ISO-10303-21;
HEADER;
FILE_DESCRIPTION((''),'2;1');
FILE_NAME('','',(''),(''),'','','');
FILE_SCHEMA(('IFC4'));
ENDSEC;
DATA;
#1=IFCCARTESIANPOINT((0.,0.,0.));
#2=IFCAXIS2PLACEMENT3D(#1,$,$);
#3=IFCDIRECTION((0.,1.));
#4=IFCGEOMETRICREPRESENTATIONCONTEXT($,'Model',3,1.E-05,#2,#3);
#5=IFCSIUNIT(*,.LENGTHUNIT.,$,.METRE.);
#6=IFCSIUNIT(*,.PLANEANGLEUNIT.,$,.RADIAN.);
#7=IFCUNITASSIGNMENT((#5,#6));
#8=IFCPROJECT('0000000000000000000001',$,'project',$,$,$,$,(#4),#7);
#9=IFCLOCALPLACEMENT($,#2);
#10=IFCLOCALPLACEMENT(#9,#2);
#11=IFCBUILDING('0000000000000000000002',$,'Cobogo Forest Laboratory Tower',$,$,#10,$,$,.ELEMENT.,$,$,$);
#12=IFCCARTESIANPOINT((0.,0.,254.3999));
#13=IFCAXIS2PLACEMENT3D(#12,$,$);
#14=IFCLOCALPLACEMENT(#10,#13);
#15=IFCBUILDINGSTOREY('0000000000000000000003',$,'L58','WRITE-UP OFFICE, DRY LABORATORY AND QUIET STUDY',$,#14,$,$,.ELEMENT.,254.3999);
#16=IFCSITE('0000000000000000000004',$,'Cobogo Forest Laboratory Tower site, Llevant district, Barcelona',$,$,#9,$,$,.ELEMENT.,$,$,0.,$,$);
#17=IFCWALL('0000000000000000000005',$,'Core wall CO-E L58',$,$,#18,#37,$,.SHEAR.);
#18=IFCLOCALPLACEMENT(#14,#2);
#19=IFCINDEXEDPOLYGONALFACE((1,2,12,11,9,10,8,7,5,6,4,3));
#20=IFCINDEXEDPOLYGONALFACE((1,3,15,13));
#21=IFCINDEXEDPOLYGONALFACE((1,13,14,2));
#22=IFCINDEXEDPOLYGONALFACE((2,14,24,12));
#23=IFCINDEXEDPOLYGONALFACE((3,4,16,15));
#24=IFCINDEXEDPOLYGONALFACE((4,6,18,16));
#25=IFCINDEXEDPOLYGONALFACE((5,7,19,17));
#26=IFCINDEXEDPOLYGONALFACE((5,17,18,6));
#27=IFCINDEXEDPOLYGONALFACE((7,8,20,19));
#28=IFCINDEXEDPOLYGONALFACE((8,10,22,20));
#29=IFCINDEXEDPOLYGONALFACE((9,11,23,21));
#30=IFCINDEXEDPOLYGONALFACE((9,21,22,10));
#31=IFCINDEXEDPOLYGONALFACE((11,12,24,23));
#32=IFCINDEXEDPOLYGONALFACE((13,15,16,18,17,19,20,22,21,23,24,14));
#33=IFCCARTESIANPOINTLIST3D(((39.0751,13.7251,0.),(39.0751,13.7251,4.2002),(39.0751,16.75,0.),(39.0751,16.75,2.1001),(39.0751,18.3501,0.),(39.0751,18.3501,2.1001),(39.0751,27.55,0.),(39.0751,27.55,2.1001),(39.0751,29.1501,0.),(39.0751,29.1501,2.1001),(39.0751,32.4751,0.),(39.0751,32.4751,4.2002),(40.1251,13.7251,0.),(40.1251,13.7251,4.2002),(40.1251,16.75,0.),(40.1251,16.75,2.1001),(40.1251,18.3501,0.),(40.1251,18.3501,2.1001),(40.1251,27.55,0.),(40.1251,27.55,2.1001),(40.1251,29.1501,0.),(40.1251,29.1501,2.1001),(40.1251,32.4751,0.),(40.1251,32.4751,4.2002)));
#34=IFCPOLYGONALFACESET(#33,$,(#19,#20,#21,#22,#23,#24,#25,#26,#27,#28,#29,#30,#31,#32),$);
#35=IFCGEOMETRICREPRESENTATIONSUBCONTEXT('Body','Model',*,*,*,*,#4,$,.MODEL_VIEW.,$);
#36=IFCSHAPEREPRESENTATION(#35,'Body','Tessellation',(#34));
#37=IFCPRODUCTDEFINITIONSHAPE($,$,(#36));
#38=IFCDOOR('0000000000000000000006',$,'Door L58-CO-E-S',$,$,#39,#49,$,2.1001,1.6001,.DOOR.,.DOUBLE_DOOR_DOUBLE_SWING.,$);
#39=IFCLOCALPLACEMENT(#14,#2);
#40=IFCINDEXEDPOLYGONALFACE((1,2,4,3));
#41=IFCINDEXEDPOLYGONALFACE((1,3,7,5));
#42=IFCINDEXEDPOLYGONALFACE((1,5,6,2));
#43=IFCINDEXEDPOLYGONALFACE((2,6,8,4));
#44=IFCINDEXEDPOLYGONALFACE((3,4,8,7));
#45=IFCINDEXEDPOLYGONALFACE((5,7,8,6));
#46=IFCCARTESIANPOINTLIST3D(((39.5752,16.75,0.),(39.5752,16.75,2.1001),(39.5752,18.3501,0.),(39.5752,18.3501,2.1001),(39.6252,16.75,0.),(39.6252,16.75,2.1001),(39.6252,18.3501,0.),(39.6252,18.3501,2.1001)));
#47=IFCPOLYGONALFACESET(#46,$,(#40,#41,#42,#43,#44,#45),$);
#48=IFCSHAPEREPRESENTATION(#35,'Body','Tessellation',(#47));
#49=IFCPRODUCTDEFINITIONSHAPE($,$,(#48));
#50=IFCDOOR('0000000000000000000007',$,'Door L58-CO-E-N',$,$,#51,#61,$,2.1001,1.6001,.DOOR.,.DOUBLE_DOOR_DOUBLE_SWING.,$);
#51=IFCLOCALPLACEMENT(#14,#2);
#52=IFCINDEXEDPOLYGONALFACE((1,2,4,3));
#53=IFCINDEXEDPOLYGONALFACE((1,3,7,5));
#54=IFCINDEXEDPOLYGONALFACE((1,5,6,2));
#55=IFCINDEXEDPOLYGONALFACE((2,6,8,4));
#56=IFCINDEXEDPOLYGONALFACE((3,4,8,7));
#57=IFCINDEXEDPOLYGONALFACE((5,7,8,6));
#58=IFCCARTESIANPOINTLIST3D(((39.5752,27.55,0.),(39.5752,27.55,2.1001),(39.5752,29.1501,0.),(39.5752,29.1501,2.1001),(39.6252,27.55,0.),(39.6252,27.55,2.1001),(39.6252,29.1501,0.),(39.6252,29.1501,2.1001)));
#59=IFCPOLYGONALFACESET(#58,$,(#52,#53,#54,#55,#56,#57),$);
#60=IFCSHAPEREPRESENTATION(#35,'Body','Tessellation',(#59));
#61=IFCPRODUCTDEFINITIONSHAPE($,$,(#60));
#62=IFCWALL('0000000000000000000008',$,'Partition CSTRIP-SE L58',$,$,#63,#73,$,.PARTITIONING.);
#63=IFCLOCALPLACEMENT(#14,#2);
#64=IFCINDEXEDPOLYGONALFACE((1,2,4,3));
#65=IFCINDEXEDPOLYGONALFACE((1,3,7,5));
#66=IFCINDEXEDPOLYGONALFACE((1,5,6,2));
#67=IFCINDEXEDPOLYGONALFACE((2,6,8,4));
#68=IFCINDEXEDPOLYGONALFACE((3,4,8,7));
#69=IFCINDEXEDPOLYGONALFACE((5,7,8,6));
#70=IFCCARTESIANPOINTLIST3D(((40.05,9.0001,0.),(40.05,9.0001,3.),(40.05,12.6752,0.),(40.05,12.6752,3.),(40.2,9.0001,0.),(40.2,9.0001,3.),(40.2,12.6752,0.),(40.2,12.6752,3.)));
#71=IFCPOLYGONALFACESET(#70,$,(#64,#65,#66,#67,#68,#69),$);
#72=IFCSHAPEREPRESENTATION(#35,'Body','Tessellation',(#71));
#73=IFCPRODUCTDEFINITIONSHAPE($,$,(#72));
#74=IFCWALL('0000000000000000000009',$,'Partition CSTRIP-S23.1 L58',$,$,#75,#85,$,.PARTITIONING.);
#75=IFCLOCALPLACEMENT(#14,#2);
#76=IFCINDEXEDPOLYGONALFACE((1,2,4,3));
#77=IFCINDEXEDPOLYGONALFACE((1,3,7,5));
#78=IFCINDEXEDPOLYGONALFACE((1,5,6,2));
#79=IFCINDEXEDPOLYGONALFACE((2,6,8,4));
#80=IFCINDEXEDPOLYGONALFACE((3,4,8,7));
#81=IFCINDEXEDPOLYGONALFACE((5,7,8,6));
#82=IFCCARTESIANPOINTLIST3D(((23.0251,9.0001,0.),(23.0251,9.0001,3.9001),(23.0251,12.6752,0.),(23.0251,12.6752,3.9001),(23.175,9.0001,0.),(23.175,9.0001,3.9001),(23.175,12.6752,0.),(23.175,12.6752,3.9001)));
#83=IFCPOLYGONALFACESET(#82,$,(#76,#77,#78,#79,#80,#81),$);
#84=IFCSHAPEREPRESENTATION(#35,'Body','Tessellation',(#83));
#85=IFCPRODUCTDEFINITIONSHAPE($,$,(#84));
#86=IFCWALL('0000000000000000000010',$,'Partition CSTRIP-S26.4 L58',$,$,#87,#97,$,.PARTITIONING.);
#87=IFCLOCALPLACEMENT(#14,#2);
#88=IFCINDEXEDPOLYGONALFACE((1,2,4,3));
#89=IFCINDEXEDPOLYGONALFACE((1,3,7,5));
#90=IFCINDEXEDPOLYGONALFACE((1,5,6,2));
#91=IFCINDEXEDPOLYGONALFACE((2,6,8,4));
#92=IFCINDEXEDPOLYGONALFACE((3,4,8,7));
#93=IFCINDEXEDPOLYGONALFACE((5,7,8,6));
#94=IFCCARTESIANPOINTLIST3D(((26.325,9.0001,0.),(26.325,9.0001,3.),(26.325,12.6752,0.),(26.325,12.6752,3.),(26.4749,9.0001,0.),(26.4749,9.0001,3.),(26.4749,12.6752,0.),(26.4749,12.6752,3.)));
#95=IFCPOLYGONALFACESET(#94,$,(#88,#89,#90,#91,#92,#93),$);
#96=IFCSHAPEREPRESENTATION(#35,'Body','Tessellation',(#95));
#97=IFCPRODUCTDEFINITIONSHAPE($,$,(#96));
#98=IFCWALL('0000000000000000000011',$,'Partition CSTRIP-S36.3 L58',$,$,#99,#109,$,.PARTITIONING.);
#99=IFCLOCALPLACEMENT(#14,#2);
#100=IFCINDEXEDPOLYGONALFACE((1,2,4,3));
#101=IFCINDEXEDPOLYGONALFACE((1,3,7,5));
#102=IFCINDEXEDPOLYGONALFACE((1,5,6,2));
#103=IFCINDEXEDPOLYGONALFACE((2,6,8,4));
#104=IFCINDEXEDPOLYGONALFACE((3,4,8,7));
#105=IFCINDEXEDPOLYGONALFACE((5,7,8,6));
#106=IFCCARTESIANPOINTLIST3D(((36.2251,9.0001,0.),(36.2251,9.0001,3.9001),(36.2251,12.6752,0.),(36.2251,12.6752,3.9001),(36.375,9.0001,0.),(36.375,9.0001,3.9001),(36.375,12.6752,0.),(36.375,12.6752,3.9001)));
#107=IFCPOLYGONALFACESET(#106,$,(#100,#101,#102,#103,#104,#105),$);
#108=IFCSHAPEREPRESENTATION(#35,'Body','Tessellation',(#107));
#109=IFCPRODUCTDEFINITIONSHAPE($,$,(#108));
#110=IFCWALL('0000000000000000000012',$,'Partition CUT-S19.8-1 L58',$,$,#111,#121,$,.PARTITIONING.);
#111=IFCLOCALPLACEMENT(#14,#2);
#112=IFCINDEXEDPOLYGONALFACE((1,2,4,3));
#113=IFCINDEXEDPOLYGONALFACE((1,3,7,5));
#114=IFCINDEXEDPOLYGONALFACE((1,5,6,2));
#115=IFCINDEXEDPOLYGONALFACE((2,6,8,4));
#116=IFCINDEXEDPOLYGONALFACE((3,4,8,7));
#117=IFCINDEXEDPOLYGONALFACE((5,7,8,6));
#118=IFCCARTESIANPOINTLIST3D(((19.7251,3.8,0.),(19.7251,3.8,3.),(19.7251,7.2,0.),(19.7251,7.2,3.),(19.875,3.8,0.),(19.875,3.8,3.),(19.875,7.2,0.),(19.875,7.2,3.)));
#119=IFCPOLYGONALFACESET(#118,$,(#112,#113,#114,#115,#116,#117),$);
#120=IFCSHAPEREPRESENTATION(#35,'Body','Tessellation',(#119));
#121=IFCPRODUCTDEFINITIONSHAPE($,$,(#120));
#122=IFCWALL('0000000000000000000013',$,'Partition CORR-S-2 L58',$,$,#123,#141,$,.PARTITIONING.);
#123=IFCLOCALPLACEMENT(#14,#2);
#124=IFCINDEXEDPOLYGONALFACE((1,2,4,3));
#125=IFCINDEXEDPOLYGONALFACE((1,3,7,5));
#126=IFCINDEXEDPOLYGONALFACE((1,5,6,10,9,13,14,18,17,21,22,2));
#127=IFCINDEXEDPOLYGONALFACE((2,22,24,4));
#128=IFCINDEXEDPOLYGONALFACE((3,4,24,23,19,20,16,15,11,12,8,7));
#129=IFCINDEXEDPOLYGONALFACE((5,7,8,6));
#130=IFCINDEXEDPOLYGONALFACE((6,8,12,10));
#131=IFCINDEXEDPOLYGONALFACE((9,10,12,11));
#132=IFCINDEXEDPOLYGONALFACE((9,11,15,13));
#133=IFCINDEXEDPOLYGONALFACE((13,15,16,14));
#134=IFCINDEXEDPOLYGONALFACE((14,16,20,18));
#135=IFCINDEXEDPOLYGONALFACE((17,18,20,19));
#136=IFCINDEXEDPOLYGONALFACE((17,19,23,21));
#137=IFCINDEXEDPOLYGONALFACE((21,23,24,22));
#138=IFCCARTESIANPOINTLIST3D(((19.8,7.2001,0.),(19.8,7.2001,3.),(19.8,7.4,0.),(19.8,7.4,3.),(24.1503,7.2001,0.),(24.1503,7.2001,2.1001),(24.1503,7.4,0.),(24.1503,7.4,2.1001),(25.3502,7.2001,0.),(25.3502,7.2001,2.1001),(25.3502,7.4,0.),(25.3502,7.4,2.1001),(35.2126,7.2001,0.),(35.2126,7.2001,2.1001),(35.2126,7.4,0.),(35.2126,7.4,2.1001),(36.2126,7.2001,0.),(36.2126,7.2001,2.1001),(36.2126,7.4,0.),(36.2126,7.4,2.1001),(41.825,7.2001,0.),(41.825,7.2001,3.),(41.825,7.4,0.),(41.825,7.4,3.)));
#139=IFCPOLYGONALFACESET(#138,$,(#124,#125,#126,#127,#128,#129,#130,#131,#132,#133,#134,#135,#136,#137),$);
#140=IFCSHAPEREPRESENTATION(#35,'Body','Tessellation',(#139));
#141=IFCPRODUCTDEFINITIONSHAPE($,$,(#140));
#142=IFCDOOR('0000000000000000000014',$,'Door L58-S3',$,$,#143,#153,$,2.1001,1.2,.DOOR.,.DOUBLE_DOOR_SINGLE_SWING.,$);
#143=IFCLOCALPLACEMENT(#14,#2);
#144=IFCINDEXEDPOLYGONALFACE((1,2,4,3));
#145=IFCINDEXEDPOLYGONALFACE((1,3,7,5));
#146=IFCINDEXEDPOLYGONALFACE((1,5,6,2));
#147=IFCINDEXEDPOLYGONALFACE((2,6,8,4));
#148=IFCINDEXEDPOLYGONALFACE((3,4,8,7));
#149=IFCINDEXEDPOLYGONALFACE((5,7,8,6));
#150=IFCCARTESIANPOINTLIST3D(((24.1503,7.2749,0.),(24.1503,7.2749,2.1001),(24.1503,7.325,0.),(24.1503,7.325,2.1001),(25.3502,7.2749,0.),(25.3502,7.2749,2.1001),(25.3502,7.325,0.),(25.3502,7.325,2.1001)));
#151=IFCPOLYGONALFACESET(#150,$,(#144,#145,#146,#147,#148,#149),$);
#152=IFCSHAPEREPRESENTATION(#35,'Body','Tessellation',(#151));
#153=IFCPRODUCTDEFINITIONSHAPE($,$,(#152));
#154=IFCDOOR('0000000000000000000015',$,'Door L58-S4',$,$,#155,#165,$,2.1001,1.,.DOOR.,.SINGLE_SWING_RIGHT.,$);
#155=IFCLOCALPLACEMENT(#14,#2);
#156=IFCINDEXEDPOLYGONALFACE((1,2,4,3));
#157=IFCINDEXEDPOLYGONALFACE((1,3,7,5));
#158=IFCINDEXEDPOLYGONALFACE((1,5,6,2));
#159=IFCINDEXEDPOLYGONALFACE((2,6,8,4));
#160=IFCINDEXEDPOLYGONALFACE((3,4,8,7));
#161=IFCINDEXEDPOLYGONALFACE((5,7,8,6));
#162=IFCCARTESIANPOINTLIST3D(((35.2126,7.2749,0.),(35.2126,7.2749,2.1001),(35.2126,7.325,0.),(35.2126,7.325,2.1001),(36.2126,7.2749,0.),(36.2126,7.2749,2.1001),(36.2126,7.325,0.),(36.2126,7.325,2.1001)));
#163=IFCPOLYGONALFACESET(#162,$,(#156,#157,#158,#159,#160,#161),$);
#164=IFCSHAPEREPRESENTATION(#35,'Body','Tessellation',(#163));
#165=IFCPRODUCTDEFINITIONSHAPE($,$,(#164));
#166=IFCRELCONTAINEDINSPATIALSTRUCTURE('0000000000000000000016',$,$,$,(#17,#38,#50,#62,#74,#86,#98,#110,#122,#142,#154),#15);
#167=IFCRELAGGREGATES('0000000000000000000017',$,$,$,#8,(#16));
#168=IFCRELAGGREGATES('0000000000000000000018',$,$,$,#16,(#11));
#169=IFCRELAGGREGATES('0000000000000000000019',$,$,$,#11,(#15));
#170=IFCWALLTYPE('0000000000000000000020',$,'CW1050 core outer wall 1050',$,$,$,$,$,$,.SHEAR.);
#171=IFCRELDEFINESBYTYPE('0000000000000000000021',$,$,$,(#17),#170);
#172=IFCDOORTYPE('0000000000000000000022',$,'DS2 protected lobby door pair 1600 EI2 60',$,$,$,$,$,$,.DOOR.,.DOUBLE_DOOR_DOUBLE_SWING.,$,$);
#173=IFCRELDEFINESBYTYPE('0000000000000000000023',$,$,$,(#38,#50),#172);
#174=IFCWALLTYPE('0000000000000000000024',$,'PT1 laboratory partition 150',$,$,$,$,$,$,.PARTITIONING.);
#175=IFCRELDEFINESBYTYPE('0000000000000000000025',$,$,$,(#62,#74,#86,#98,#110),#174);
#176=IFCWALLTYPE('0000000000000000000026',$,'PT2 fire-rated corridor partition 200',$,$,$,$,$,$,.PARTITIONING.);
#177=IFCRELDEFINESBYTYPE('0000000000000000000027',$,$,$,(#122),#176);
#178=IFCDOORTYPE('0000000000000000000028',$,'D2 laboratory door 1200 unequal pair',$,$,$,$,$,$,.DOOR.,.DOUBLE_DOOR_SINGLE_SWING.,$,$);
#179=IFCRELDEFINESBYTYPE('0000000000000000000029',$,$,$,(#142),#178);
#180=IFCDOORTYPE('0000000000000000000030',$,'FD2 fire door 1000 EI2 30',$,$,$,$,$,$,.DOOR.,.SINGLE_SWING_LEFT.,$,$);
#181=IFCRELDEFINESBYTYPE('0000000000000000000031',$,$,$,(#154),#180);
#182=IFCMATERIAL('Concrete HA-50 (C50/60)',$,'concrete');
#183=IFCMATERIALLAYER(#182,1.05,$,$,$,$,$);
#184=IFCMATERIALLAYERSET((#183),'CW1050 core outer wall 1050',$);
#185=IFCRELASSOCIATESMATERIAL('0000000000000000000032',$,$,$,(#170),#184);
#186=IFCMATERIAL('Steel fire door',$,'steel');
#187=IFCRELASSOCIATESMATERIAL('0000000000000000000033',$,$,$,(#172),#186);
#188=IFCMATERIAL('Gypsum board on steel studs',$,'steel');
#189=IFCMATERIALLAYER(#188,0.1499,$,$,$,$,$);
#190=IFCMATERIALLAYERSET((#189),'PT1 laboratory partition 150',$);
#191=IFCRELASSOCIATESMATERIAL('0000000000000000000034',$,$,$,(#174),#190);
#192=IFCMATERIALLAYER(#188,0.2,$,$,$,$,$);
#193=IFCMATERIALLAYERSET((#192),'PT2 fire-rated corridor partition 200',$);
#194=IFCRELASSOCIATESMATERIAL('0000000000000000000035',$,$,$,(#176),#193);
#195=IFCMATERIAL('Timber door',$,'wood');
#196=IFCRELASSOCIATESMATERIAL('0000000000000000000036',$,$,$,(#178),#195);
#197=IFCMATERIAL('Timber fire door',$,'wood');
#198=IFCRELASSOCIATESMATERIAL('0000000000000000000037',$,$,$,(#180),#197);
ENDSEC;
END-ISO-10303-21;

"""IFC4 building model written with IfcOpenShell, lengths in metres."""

from ifc_helpers import new_model, si_unit, direction, frame, frame_2d, origin, place, context, subcontext, project, spatial, rectangle, extrude, material, layer, layer_set, type_object, element, fill, save


model = new_model("IFC4")

# Units and contexts
model_context = context("Model", 3, precision=1e-05, world=origin(), true_north=direction((0.0, 1.0)))
body_context = subcontext(model_context, "Body", "Model", "MODEL_VIEW")
ifc_project = project(units=[si_unit("LENGTHUNIT", "METRE"), si_unit("PLANEANGLEUNIT", "RADIAN")], contexts=[model_context])

# Site, building, storey
site_placement = place(None, origin())
site = spatial("IfcSite", under=ifc_project, at=site_placement, Name="Cobogo Forest Laboratory Tower site, Llevant district, Barcelona", CompositionType="ELEMENT", RefElevation=0.0)
building_placement = place(site_placement, origin())
building = spatial("IfcBuilding", under=site, at=building_placement, Name="Cobogo Forest Laboratory Tower", CompositionType="ELEMENT")
storey_placement = place(building_placement, frame((0.0, 0.0, 254.3999)))
storey = spatial("IfcBuildingStorey", under=building, at=storey_placement, Name="L58", Description="WRITE-UP OFFICE, DRY LABORATORY AND QUIET STUDY", CompositionType="ELEMENT", Elevation=254.3999)

# Shared definitions
ifc_material_1 = material(Name="Concrete HA-50 (C50/60)", Category="concrete")

# Wall, openings, doors
ifc_layer_1 = layer(ifc_material_1, 1.05)
ifc_layer_set_1 = layer_set([ifc_layer_1], Name="CW1050 core outer wall 1050")
wall_type_1 = type_object("IfcWallType", Name="CW1050 core outer wall 1050", PredefinedType="SHEAR", material=ifc_layer_set_1)
wall_1_placement = place(storey_placement, frame((39.6001, 13.7251, 0.0), z_axis=(0.0, 0.0, 1.0), x_axis=(0.0, 1.0, 0.0)))
wall_1 = element("IfcWall", 1, at=wall_1_placement, inside=storey, type_object=wall_type_1, Name="Core wall CO-E L58", PredefinedType="SHEAR", context=body_context, shape_type="SweptSolid", body=[
    extrude(rectangle(XDim=18.75, YDim=1.05, at=frame_2d((9.375, 0.0))), origin(), (0.0, 0.0, 1.0), 4.2002),
])
opening_1_placement = place(wall_1_placement, frame((3.0249, 0.0, 0.0)))
opening_1 = element("IfcOpeningElement", 2, at=opening_1_placement, cuts=wall_1, PredefinedType="OPENING", context=body_context, shape_type="SweptSolid", body=[
    extrude(rectangle(XDim=1.6001, YDim=2.1001, at=frame_2d((0.8, 1.05))), frame((0.0, 0.5349, 0.0), z_axis=(0.0, -1.0, 0.0), x_axis=(1.0, 0.0, 0.0)), (0.0, 0.0, 1.0), 1.0701),
])
opening_2_placement = place(wall_1_placement, frame((13.825, 0.0, 0.0)))
opening_2 = element("IfcOpeningElement", 3, at=opening_2_placement, cuts=wall_1, PredefinedType="OPENING", context=body_context, shape_type="SweptSolid", body=[
    extrude(rectangle(XDim=1.6001, YDim=2.1001, at=frame_2d((0.8, 1.05))), frame((0.0, 0.5349, 0.0), z_axis=(0.0, -1.0, 0.0), x_axis=(1.0, 0.0, 0.0)), (0.0, 0.0, 1.0), 1.0701),
])
ifc_material_2 = material(Name="Steel fire door", Category="steel")
door_type_1 = type_object("IfcDoorType", Name="DS2 protected lobby door pair 1600 EI2 60", OperationType="DOUBLE_DOOR_DOUBLE_SWING", PredefinedType="DOOR", material=ifc_material_2)
door_1_placement = place(opening_1_placement, origin())
door_1 = element("IfcDoor", 4, at=door_1_placement, inside=storey, type_object=door_type_1, Name="Door L58-CO-E-S", OperationType="DOUBLE_DOOR_DOUBLE_SWING", OverallHeight=2.1001, OverallWidth=1.6001, PredefinedType="DOOR", context=body_context, shape_type="SweptSolid", body=[
    extrude(rectangle(XDim=1.6001, YDim=2.1001, at=frame_2d((0.8, 1.05))), frame((0.0, 0.0249, 0.0), z_axis=(0.0, -1.0, 0.0), x_axis=(1.0, 0.0, 0.0)), (0.0, 0.0, 1.0), 0.05),
])
fill(opening_1, door_1)
door_2_placement = place(opening_2_placement, origin())
door_2 = element("IfcDoor", 5, at=door_2_placement, inside=storey, type_object=door_type_1, Name="Door L58-CO-E-N", OperationType="DOUBLE_DOOR_DOUBLE_SWING", OverallHeight=2.1001, OverallWidth=1.6001, PredefinedType="DOOR", context=body_context, shape_type="SweptSolid", body=[
    extrude(rectangle(XDim=1.6001, YDim=2.1001, at=frame_2d((0.8, 1.05))), frame((0.0, 0.0249, 0.0), z_axis=(0.0, -1.0, 0.0), x_axis=(1.0, 0.0, 0.0)), (0.0, 0.0, 1.0), 0.05),
])
fill(opening_2, door_2)

# Walls
ifc_material_3 = material(Name="Gypsum board on steel studs", Category="steel")
ifc_layer_2 = layer(ifc_material_3, 0.1499)
ifc_layer_set_2 = layer_set([ifc_layer_2], Name="PT1 laboratory partition 150")
wall_type_2 = type_object("IfcWallType", Name="PT1 laboratory partition 150", PredefinedType="PARTITIONING", material=ifc_layer_set_2)
wall_2_placement = place(storey_placement, frame((40.125, 12.675, 0.0), z_axis=(0.0, 0.0, 1.0), x_axis=(0.0, -1.0, 0.0)))
element("IfcWall", 6, at=wall_2_placement, inside=storey, type_object=wall_type_2, Name="Partition CSTRIP-SE L58", PredefinedType="PARTITIONING", context=body_context, shape_type="SweptSolid", body=[
    extrude(rectangle(XDim=3.675, YDim=0.1499, at=frame_2d((1.8374, 0.0))), origin(), (0.0, 0.0, 1.0), 3.0),
])
wall_3_placement = place(storey_placement, frame((23.1001, 12.675, 0.0), z_axis=(0.0, 0.0, 1.0), x_axis=(0.0, -1.0, 0.0)))
element("IfcWall", 7, at=wall_3_placement, inside=storey, type_object=wall_type_2, Name="Partition CSTRIP-S23.1 L58", PredefinedType="PARTITIONING", context=body_context, shape_type="SweptSolid", body=[
    extrude(rectangle(XDim=3.675, YDim=0.1499, at=frame_2d((1.8374, 0.0))), origin(), (0.0, 0.0, 1.0), 3.9001),
])
wall_4_placement = place(storey_placement, frame((26.3999, 12.675, 0.0), z_axis=(0.0, 0.0, 1.0), x_axis=(0.0, -1.0, 0.0)))
element("IfcWall", 8, at=wall_4_placement, inside=storey, type_object=wall_type_2, Name="Partition CSTRIP-S26.4 L58", PredefinedType="PARTITIONING", context=body_context, shape_type="SweptSolid", body=[
    extrude(rectangle(XDim=3.675, YDim=0.1499, at=frame_2d((1.8374, 0.0))), origin(), (0.0, 0.0, 1.0), 3.0),
])
wall_5_placement = place(storey_placement, frame((36.3, 12.675, 0.0), z_axis=(0.0, 0.0, 1.0), x_axis=(0.0, -1.0, 0.0)))
element("IfcWall", 9, at=wall_5_placement, inside=storey, type_object=wall_type_2, Name="Partition CSTRIP-S36.3 L58", PredefinedType="PARTITIONING", context=body_context, shape_type="SweptSolid", body=[
    extrude(rectangle(XDim=3.675, YDim=0.1499, at=frame_2d((1.8374, 0.0))), origin(), (0.0, 0.0, 1.0), 3.9001),
])
wall_6_placement = place(storey_placement, frame((19.8, 3.8, 0.0), z_axis=(0.0, 0.0, 1.0), x_axis=(0.0, 1.0, 0.0)))
element("IfcWall", 10, at=wall_6_placement, inside=storey, type_object=wall_type_2, Name="Partition CUT-S19.8-1 L58", PredefinedType="PARTITIONING", context=body_context, shape_type="SweptSolid", body=[
    extrude(rectangle(XDim=3.3999, YDim=0.1499, at=frame_2d((1.7, 0.0))), origin(), (0.0, 0.0, 1.0), 3.0),
])

# Wall, openings, doors
ifc_layer_3 = layer(ifc_material_3, 0.2)
ifc_layer_set_3 = layer_set([ifc_layer_3], Name="PT2 fire-rated corridor partition 200")
wall_type_3 = type_object("IfcWallType", Name="PT2 fire-rated corridor partition 200", PredefinedType="PARTITIONING", material=ifc_layer_set_3)
wall_7_placement = place(storey_placement, frame((19.8, 7.3, 0.0), z_axis=(0.0, 0.0, 1.0), x_axis=(1.0, 0.0, 0.0)))
wall_7 = element("IfcWall", 11, at=wall_7_placement, inside=storey, type_object=wall_type_3, Name="Partition CORR-S-2 L58", PredefinedType="PARTITIONING", context=body_context, shape_type="SweptSolid", body=[
    extrude(rectangle(XDim=22.0249, YDim=0.2, at=frame_2d((11.0125, 0.0))), origin(), (0.0, 0.0, 1.0), 3.0),
])
opening_3_placement = place(wall_7_placement, frame((4.3501, 0.0, 0.0)))
opening_3 = element("IfcOpeningElement", 12, at=opening_3_placement, cuts=wall_7, PredefinedType="OPENING", context=body_context, shape_type="SweptSolid", body=[
    extrude(rectangle(XDim=1.2, YDim=2.1001, at=frame_2d((0.6001, 1.05))), frame((0.0, 0.1099, 0.0), z_axis=(0.0, -1.0, 0.0), x_axis=(1.0, 0.0, 0.0)), (0.0, 0.0, 1.0), 0.22),
])
opening_4_placement = place(wall_7_placement, frame((15.4126, 0.0, 0.0)))
opening_4 = element("IfcOpeningElement", 13, at=opening_4_placement, cuts=wall_7, PredefinedType="OPENING", context=body_context, shape_type="SweptSolid", body=[
    extrude(rectangle(XDim=1.0, YDim=2.1001, at=frame_2d((0.5, 1.05))), frame((0.0, 0.1099, 0.0), z_axis=(0.0, -1.0, 0.0), x_axis=(1.0, 0.0, 0.0)), (0.0, 0.0, 1.0), 0.22),
])
ifc_material_4 = material(Name="Timber door", Category="wood")
door_type_2 = type_object("IfcDoorType", Name="D2 laboratory door 1200 unequal pair", OperationType="DOUBLE_DOOR_SINGLE_SWING", PredefinedType="DOOR", material=ifc_material_4)
door_3_placement = place(opening_3_placement, origin())
door_3 = element("IfcDoor", 14, at=door_3_placement, inside=storey, type_object=door_type_2, Name="Door L58-S3", OperationType="DOUBLE_DOOR_SINGLE_SWING", OverallHeight=2.1001, OverallWidth=1.2, PredefinedType="DOOR", context=body_context, shape_type="SweptSolid", body=[
    extrude(rectangle(XDim=1.2, YDim=2.1001, at=frame_2d((0.6001, 1.05))), frame((0.0, 0.0249, 0.0), z_axis=(0.0, -1.0, 0.0), x_axis=(1.0, 0.0, 0.0)), (0.0, 0.0, 1.0), 0.05),
])
fill(opening_3, door_3)
ifc_material_5 = material(Name="Timber fire door", Category="wood")
door_type_3 = type_object("IfcDoorType", Name="FD2 fire door 1000 EI2 30", OperationType="SINGLE_SWING_LEFT", PredefinedType="DOOR", material=ifc_material_5)
door_4_placement = place(opening_4_placement, origin())
door_4 = element("IfcDoor", 15, at=door_4_placement, inside=storey, type_object=door_type_3, Name="Door L58-S4", OperationType="SINGLE_SWING_RIGHT", OverallHeight=2.1001, OverallWidth=1.0, PredefinedType="DOOR", context=body_context, shape_type="SweptSolid", body=[
    extrude(rectangle(XDim=1.0, YDim=2.1001, at=frame_2d((0.5, 1.05))), frame((0.0, 0.0249, 0.0), z_axis=(0.0, -1.0, 0.0), x_axis=(1.0, 0.0, 0.0)), (0.0, 0.0, 1.0), 0.05),
])
fill(opening_4, door_4)

save(model, "model.ifc")
